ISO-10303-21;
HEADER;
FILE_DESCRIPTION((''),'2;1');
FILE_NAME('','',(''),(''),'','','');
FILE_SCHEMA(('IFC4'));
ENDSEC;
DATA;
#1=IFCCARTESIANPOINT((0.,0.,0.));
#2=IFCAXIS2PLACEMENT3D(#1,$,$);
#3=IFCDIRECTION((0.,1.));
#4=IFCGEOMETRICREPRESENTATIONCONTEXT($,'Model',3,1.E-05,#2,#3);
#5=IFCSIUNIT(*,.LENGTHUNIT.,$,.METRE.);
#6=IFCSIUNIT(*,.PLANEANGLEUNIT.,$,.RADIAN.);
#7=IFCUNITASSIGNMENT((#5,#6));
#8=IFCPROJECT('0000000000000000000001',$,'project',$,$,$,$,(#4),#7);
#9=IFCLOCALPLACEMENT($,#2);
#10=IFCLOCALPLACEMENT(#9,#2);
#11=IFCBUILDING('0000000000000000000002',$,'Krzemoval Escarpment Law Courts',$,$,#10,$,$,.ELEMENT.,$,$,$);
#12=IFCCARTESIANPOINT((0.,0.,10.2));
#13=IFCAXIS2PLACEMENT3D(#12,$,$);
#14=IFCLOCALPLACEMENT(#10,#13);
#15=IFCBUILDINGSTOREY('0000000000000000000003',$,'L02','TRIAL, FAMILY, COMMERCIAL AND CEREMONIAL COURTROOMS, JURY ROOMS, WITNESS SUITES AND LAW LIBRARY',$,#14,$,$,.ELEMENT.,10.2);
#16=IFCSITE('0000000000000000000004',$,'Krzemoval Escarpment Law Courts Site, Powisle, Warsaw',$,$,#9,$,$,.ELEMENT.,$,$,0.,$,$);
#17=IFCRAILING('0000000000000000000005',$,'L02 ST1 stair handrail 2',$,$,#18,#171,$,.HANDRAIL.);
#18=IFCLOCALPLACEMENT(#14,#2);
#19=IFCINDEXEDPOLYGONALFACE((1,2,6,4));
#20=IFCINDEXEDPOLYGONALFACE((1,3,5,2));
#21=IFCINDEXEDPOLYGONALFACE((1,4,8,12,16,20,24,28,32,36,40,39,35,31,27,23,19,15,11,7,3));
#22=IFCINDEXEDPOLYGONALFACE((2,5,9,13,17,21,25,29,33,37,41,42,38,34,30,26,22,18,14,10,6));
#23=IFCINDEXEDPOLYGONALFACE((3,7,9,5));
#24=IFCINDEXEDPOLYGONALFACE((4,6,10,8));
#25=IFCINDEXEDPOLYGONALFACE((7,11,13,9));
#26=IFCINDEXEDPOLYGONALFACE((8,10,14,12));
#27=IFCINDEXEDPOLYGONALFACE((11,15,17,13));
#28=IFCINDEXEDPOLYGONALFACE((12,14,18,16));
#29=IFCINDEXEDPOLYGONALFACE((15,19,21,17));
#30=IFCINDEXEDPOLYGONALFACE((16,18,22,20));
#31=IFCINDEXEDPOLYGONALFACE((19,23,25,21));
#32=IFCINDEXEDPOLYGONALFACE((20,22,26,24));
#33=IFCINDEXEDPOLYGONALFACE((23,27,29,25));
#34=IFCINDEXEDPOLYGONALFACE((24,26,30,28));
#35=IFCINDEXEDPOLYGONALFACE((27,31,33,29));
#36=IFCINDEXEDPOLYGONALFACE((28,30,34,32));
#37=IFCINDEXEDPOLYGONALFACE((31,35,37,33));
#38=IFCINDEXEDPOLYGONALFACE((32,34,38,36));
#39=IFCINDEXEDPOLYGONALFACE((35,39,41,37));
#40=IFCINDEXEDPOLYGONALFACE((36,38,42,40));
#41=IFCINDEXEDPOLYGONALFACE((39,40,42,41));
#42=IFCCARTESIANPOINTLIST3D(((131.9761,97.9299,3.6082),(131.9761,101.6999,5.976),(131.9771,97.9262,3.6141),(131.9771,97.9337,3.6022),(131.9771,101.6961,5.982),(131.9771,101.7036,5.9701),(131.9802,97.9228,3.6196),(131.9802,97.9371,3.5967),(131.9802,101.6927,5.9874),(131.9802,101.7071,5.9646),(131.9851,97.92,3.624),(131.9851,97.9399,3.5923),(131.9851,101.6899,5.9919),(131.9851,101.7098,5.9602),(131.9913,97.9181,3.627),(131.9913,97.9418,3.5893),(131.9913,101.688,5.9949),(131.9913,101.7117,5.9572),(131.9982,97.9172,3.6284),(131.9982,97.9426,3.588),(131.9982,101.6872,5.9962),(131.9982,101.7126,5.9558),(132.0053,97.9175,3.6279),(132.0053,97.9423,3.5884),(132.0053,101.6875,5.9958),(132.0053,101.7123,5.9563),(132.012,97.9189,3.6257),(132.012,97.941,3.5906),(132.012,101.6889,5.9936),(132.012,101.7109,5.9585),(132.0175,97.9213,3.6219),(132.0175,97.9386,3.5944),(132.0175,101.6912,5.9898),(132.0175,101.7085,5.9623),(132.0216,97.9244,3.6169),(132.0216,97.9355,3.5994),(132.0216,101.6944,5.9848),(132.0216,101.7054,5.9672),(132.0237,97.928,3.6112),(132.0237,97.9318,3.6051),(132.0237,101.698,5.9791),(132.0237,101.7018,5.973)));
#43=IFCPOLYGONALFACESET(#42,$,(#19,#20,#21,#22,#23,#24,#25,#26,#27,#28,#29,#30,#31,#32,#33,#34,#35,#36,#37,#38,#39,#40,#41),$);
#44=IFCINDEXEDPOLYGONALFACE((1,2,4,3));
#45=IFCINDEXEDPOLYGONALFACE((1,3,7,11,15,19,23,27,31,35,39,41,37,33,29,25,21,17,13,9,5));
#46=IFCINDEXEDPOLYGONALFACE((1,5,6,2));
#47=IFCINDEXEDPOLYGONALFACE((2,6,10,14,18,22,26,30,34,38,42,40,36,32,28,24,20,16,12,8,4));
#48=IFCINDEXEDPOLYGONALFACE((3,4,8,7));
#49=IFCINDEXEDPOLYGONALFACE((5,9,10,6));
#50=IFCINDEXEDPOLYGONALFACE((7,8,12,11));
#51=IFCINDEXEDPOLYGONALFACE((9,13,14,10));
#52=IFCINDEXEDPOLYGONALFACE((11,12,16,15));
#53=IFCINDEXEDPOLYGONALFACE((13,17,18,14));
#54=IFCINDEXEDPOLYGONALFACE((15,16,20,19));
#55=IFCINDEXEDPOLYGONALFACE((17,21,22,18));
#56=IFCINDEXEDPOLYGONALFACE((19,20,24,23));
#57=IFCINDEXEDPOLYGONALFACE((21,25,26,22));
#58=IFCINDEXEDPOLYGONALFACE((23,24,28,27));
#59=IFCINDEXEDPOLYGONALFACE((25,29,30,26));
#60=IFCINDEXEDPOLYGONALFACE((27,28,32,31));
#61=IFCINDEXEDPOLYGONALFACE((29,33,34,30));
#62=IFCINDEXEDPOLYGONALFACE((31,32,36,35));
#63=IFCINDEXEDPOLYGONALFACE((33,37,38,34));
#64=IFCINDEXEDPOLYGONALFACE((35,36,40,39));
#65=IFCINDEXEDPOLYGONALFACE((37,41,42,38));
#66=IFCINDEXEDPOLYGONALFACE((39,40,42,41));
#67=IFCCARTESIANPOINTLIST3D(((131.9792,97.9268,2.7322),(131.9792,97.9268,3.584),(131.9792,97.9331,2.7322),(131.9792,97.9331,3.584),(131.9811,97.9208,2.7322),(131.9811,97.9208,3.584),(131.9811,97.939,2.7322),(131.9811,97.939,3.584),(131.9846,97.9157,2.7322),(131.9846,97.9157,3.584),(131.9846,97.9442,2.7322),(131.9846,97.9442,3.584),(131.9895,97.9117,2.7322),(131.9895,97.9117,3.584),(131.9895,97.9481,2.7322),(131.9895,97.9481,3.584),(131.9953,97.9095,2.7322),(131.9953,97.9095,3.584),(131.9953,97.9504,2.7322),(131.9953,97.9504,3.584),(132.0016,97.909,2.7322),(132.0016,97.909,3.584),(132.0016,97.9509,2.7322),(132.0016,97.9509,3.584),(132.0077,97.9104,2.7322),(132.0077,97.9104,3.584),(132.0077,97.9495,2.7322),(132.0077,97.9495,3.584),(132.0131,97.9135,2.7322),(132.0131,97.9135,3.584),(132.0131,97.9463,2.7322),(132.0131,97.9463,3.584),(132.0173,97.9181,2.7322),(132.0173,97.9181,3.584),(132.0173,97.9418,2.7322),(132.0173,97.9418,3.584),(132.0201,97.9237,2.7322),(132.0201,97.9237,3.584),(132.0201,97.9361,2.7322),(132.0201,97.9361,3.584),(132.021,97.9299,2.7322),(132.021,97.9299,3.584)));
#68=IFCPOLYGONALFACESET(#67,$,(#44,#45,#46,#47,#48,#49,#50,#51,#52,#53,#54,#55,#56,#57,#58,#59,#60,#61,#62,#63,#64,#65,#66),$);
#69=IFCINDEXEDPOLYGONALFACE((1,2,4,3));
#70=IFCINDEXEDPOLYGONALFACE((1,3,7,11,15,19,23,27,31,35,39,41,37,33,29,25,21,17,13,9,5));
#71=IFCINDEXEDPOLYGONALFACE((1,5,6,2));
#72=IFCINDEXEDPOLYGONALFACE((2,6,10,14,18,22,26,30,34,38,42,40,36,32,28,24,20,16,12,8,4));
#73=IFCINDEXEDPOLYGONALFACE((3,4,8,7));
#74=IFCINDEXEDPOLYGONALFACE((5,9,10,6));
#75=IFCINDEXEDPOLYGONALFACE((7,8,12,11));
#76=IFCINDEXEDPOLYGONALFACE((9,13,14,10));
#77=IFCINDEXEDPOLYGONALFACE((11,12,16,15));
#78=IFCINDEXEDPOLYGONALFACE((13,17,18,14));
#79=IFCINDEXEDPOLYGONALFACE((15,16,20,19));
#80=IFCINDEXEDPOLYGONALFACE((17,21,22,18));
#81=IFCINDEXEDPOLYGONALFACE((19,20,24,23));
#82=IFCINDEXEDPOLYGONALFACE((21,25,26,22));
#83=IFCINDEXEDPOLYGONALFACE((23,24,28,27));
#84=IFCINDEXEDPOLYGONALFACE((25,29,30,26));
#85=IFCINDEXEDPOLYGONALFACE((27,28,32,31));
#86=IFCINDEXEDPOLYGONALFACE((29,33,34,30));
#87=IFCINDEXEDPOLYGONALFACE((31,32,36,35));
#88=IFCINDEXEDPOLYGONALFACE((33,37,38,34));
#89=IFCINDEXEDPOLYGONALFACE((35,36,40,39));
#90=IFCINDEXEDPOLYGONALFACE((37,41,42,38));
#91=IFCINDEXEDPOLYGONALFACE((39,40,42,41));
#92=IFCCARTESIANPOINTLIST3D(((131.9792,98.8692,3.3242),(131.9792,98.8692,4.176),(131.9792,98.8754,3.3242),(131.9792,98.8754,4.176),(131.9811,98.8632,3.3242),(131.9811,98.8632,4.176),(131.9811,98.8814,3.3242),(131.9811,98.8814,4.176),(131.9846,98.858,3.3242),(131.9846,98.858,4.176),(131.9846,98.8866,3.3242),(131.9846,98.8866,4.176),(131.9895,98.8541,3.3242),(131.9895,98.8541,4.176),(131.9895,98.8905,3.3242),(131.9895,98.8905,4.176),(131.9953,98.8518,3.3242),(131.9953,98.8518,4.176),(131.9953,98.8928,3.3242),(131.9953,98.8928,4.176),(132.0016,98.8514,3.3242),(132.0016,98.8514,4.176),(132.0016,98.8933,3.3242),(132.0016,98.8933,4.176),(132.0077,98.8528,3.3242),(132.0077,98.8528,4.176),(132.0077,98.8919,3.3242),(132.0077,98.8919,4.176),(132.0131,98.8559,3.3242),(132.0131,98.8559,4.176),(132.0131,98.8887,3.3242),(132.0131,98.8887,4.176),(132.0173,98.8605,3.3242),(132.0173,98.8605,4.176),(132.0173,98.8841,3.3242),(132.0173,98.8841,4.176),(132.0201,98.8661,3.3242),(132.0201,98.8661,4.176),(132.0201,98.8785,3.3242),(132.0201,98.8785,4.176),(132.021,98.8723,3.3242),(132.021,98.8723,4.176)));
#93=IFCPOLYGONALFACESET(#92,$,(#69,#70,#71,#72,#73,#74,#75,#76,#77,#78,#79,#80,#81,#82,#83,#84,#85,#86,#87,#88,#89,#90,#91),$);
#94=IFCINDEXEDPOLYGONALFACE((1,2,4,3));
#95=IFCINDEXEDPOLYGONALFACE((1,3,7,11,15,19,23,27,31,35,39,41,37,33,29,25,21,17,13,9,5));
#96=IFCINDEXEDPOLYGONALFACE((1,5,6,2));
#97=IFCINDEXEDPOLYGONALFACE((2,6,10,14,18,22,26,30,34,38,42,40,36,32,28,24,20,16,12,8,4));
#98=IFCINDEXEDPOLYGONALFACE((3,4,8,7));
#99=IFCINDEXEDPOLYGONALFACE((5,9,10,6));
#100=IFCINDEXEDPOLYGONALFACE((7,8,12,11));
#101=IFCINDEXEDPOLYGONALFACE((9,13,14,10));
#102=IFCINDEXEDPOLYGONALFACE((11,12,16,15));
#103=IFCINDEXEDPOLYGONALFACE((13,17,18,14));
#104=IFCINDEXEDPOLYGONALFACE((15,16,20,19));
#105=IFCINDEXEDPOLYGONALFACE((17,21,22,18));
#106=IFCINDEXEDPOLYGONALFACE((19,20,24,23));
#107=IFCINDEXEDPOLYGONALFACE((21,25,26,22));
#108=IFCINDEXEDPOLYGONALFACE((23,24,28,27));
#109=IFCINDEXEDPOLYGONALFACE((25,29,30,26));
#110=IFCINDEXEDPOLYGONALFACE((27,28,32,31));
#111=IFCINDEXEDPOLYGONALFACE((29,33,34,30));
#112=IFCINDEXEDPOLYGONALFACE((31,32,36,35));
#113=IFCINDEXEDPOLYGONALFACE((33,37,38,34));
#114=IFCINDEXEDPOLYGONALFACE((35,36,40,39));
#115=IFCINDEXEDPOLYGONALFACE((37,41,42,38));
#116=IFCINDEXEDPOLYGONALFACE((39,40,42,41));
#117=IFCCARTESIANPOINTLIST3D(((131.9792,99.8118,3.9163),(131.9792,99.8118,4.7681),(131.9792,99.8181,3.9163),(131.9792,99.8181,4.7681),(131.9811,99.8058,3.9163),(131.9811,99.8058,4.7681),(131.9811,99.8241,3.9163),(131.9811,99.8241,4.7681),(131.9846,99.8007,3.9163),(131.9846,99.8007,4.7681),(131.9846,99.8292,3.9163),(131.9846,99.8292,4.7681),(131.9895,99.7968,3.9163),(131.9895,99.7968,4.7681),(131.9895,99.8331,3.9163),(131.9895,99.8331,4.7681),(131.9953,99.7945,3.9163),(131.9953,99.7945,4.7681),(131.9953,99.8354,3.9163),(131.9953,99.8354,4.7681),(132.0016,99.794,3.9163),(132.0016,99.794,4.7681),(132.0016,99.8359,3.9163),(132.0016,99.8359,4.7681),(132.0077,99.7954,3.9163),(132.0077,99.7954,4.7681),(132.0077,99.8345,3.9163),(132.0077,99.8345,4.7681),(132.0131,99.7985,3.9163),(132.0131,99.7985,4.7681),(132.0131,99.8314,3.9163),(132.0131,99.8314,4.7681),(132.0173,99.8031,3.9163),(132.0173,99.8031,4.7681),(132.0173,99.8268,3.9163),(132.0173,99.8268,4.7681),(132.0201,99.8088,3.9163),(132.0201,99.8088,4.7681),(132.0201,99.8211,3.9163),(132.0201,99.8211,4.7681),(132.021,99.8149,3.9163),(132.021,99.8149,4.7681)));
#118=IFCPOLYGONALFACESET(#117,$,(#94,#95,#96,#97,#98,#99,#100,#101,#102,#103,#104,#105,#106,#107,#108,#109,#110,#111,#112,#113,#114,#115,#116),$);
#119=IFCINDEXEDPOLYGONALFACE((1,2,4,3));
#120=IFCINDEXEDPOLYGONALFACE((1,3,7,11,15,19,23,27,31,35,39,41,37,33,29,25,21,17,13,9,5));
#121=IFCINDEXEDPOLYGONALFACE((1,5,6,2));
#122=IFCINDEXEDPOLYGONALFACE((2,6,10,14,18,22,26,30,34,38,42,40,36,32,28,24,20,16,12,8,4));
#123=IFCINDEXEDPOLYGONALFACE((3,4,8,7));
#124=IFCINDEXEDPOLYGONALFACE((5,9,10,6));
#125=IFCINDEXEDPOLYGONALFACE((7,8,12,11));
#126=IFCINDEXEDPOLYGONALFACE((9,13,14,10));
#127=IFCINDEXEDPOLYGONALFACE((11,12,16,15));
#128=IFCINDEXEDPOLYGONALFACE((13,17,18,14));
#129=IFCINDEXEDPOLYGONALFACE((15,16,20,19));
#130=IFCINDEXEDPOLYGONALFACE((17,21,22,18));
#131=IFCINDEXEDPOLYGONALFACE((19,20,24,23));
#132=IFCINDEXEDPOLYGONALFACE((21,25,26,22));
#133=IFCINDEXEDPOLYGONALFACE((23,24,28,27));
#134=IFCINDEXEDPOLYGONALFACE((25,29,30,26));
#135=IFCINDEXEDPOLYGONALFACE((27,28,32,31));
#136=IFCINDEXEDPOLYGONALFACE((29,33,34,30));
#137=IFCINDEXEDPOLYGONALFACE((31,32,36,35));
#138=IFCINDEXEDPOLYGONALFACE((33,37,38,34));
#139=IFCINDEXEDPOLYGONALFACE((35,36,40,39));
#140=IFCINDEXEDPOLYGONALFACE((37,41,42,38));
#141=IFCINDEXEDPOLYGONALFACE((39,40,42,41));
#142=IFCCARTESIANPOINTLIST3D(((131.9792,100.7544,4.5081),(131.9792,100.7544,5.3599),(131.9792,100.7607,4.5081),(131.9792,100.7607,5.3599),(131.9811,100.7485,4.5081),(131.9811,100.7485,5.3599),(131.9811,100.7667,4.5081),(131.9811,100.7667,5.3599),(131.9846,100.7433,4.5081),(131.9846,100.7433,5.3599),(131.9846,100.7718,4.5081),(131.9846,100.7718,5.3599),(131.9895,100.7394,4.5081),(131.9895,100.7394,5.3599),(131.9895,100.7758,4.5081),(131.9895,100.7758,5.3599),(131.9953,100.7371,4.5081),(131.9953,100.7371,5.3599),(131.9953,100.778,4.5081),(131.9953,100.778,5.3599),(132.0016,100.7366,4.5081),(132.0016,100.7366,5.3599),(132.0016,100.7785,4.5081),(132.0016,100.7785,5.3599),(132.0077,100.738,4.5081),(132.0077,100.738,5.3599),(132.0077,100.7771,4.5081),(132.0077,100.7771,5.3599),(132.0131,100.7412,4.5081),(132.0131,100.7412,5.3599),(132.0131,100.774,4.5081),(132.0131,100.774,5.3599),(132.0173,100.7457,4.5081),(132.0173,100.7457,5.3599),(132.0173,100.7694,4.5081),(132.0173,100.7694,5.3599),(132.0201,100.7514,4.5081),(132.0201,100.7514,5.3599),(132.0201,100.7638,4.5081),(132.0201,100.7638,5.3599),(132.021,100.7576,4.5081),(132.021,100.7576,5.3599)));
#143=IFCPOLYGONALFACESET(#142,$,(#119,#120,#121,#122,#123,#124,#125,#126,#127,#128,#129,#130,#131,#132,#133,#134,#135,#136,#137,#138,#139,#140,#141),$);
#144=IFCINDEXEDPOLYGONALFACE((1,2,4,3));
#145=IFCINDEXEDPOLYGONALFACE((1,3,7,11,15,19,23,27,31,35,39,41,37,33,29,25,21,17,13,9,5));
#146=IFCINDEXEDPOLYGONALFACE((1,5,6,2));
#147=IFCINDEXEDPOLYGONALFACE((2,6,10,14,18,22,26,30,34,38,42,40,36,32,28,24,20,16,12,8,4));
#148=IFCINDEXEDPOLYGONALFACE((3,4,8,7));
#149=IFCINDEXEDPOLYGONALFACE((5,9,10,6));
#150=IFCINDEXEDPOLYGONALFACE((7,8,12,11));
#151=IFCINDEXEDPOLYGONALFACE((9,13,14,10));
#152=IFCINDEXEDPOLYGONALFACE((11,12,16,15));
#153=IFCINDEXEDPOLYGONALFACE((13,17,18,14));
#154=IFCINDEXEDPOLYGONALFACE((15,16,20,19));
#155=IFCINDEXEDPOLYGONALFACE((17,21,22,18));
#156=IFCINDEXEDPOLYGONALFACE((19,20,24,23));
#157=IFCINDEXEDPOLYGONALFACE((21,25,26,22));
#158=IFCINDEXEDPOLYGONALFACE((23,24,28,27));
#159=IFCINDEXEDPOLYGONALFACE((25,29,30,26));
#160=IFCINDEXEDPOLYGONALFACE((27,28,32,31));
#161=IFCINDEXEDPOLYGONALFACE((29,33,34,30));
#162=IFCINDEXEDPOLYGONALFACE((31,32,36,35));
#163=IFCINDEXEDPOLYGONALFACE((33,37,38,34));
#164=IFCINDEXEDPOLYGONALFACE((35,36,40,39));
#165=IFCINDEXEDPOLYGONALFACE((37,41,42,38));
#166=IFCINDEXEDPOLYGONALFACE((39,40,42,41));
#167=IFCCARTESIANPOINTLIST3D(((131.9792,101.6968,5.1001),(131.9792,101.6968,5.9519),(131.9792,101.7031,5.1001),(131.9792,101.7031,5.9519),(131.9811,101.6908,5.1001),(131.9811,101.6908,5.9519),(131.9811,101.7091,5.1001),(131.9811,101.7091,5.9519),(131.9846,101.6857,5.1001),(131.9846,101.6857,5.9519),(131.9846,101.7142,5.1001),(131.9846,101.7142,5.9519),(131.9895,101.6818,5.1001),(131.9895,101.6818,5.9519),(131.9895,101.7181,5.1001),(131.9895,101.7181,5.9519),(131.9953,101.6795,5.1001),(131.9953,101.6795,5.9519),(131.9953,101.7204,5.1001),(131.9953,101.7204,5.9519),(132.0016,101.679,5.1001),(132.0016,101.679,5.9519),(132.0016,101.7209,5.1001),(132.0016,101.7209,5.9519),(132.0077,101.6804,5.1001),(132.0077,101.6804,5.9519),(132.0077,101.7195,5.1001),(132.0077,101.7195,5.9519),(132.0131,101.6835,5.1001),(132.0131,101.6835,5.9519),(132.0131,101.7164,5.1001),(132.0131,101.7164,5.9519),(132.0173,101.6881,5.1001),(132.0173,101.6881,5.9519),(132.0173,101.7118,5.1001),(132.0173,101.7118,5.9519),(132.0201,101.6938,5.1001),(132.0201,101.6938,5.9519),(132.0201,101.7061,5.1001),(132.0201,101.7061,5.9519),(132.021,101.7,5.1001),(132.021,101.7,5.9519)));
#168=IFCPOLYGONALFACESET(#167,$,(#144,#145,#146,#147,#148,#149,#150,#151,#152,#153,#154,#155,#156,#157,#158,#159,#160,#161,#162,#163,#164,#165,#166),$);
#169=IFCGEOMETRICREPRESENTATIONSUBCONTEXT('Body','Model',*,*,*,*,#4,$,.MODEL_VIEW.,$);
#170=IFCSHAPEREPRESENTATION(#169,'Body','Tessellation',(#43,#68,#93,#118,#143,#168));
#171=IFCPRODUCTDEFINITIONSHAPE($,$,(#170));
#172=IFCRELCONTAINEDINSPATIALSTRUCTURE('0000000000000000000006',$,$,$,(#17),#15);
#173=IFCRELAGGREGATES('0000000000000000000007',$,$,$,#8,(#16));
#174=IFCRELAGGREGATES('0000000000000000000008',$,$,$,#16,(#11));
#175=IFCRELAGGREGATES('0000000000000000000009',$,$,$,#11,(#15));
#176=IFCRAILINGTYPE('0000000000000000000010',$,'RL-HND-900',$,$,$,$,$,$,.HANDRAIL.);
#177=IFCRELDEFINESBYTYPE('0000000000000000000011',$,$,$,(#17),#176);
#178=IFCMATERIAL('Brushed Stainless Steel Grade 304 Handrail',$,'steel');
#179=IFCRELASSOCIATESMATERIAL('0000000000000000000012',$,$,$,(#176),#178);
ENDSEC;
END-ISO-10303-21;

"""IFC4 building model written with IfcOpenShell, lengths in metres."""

from ifc_helpers import new_model, si_unit, direction, frame, origin, origin_2d, place, context, subcontext, project, spatial, circle, extrude, material, type_object, element, save


model = new_model("IFC4")

# Units and contexts
model_context = context("Model", 3, precision=1e-05, world=origin(), true_north=direction((0.0, 1.0)))
body_context = subcontext(model_context, "Body", "Model", "MODEL_VIEW")
ifc_project = project(units=[si_unit("LENGTHUNIT", "METRE"), si_unit("PLANEANGLEUNIT", "RADIAN")], contexts=[model_context])

# Site, building, storey
site_placement = place(None, origin())
site = spatial("IfcSite", under=ifc_project, at=site_placement, Name="Krzemoval Escarpment Law Courts Site, Powisle, Warsaw", CompositionType="ELEMENT", RefElevation=0.0)
building_placement = place(site_placement, origin())
building = spatial("IfcBuilding", under=site, at=building_placement, Name="Krzemoval Escarpment Law Courts", CompositionType="ELEMENT")
storey_placement = place(building_placement, frame((0.0, 0.0, 10.2)))
storey = spatial("IfcBuildingStorey", under=building, at=storey_placement, Name="L02", Description="TRIAL, FAMILY, COMMERCIAL AND CEREMONIAL COURTROOMS, JURY ROOMS, WITNESS SUITES AND LAW LIBRARY", CompositionType="ELEMENT", Elevation=10.2)

# Railing
ifc_material_1 = material(Name="Brushed Stainless Steel Grade 304 Handrail", Category="steel")
railing_type_1 = type_object("IfcRailingType", Name="RL-HND-900", PredefinedType="HANDRAIL", material=ifc_material_1)
for number, where, name in (
    (1, (132.0, 97.9299, 2.7322), "L02 ST1 stair handrail 2"),
):
    element("IfcRailing", number, at=place(storey_placement, frame(where)), inside=storey, type_object=railing_type_1, Name=name, PredefinedType="HANDRAIL", context=body_context, shape_type="SweptSolid", body=[
        extrude(circle(Radius=0.0239, at=origin_2d()), frame((0.0, 0.0, 0.876), z_axis=(0.0, 0.846819, 0.531881), x_axis=(-1.0, 0.0, 0.0)), (0.0, 0.0, 1.0), 4.4519),
        extrude(circle(Radius=0.021, at=origin_2d()), origin(), (0.0, 0.0, 1.0), 0.8518),
        extrude(circle(Radius=0.021, at=origin_2d()), frame((0.0, 0.9424, 0.592)), (0.0, 0.0, 1.0), 0.8518),
        extrude(circle(Radius=0.021, at=origin_2d()), frame((0.0, 1.885, 1.1841)), (0.0, 0.0, 1.0), 0.8518),
        extrude(circle(Radius=0.021, at=origin_2d()), frame((0.0, 2.8276, 1.7759)), (0.0, 0.0, 1.0), 0.8518),
        extrude(circle(Radius=0.021, at=origin_2d()), frame((0.0, 3.77, 2.3679)), (0.0, 0.0, 1.0), 0.8518),
    ])

save(model, "model.ifc")
